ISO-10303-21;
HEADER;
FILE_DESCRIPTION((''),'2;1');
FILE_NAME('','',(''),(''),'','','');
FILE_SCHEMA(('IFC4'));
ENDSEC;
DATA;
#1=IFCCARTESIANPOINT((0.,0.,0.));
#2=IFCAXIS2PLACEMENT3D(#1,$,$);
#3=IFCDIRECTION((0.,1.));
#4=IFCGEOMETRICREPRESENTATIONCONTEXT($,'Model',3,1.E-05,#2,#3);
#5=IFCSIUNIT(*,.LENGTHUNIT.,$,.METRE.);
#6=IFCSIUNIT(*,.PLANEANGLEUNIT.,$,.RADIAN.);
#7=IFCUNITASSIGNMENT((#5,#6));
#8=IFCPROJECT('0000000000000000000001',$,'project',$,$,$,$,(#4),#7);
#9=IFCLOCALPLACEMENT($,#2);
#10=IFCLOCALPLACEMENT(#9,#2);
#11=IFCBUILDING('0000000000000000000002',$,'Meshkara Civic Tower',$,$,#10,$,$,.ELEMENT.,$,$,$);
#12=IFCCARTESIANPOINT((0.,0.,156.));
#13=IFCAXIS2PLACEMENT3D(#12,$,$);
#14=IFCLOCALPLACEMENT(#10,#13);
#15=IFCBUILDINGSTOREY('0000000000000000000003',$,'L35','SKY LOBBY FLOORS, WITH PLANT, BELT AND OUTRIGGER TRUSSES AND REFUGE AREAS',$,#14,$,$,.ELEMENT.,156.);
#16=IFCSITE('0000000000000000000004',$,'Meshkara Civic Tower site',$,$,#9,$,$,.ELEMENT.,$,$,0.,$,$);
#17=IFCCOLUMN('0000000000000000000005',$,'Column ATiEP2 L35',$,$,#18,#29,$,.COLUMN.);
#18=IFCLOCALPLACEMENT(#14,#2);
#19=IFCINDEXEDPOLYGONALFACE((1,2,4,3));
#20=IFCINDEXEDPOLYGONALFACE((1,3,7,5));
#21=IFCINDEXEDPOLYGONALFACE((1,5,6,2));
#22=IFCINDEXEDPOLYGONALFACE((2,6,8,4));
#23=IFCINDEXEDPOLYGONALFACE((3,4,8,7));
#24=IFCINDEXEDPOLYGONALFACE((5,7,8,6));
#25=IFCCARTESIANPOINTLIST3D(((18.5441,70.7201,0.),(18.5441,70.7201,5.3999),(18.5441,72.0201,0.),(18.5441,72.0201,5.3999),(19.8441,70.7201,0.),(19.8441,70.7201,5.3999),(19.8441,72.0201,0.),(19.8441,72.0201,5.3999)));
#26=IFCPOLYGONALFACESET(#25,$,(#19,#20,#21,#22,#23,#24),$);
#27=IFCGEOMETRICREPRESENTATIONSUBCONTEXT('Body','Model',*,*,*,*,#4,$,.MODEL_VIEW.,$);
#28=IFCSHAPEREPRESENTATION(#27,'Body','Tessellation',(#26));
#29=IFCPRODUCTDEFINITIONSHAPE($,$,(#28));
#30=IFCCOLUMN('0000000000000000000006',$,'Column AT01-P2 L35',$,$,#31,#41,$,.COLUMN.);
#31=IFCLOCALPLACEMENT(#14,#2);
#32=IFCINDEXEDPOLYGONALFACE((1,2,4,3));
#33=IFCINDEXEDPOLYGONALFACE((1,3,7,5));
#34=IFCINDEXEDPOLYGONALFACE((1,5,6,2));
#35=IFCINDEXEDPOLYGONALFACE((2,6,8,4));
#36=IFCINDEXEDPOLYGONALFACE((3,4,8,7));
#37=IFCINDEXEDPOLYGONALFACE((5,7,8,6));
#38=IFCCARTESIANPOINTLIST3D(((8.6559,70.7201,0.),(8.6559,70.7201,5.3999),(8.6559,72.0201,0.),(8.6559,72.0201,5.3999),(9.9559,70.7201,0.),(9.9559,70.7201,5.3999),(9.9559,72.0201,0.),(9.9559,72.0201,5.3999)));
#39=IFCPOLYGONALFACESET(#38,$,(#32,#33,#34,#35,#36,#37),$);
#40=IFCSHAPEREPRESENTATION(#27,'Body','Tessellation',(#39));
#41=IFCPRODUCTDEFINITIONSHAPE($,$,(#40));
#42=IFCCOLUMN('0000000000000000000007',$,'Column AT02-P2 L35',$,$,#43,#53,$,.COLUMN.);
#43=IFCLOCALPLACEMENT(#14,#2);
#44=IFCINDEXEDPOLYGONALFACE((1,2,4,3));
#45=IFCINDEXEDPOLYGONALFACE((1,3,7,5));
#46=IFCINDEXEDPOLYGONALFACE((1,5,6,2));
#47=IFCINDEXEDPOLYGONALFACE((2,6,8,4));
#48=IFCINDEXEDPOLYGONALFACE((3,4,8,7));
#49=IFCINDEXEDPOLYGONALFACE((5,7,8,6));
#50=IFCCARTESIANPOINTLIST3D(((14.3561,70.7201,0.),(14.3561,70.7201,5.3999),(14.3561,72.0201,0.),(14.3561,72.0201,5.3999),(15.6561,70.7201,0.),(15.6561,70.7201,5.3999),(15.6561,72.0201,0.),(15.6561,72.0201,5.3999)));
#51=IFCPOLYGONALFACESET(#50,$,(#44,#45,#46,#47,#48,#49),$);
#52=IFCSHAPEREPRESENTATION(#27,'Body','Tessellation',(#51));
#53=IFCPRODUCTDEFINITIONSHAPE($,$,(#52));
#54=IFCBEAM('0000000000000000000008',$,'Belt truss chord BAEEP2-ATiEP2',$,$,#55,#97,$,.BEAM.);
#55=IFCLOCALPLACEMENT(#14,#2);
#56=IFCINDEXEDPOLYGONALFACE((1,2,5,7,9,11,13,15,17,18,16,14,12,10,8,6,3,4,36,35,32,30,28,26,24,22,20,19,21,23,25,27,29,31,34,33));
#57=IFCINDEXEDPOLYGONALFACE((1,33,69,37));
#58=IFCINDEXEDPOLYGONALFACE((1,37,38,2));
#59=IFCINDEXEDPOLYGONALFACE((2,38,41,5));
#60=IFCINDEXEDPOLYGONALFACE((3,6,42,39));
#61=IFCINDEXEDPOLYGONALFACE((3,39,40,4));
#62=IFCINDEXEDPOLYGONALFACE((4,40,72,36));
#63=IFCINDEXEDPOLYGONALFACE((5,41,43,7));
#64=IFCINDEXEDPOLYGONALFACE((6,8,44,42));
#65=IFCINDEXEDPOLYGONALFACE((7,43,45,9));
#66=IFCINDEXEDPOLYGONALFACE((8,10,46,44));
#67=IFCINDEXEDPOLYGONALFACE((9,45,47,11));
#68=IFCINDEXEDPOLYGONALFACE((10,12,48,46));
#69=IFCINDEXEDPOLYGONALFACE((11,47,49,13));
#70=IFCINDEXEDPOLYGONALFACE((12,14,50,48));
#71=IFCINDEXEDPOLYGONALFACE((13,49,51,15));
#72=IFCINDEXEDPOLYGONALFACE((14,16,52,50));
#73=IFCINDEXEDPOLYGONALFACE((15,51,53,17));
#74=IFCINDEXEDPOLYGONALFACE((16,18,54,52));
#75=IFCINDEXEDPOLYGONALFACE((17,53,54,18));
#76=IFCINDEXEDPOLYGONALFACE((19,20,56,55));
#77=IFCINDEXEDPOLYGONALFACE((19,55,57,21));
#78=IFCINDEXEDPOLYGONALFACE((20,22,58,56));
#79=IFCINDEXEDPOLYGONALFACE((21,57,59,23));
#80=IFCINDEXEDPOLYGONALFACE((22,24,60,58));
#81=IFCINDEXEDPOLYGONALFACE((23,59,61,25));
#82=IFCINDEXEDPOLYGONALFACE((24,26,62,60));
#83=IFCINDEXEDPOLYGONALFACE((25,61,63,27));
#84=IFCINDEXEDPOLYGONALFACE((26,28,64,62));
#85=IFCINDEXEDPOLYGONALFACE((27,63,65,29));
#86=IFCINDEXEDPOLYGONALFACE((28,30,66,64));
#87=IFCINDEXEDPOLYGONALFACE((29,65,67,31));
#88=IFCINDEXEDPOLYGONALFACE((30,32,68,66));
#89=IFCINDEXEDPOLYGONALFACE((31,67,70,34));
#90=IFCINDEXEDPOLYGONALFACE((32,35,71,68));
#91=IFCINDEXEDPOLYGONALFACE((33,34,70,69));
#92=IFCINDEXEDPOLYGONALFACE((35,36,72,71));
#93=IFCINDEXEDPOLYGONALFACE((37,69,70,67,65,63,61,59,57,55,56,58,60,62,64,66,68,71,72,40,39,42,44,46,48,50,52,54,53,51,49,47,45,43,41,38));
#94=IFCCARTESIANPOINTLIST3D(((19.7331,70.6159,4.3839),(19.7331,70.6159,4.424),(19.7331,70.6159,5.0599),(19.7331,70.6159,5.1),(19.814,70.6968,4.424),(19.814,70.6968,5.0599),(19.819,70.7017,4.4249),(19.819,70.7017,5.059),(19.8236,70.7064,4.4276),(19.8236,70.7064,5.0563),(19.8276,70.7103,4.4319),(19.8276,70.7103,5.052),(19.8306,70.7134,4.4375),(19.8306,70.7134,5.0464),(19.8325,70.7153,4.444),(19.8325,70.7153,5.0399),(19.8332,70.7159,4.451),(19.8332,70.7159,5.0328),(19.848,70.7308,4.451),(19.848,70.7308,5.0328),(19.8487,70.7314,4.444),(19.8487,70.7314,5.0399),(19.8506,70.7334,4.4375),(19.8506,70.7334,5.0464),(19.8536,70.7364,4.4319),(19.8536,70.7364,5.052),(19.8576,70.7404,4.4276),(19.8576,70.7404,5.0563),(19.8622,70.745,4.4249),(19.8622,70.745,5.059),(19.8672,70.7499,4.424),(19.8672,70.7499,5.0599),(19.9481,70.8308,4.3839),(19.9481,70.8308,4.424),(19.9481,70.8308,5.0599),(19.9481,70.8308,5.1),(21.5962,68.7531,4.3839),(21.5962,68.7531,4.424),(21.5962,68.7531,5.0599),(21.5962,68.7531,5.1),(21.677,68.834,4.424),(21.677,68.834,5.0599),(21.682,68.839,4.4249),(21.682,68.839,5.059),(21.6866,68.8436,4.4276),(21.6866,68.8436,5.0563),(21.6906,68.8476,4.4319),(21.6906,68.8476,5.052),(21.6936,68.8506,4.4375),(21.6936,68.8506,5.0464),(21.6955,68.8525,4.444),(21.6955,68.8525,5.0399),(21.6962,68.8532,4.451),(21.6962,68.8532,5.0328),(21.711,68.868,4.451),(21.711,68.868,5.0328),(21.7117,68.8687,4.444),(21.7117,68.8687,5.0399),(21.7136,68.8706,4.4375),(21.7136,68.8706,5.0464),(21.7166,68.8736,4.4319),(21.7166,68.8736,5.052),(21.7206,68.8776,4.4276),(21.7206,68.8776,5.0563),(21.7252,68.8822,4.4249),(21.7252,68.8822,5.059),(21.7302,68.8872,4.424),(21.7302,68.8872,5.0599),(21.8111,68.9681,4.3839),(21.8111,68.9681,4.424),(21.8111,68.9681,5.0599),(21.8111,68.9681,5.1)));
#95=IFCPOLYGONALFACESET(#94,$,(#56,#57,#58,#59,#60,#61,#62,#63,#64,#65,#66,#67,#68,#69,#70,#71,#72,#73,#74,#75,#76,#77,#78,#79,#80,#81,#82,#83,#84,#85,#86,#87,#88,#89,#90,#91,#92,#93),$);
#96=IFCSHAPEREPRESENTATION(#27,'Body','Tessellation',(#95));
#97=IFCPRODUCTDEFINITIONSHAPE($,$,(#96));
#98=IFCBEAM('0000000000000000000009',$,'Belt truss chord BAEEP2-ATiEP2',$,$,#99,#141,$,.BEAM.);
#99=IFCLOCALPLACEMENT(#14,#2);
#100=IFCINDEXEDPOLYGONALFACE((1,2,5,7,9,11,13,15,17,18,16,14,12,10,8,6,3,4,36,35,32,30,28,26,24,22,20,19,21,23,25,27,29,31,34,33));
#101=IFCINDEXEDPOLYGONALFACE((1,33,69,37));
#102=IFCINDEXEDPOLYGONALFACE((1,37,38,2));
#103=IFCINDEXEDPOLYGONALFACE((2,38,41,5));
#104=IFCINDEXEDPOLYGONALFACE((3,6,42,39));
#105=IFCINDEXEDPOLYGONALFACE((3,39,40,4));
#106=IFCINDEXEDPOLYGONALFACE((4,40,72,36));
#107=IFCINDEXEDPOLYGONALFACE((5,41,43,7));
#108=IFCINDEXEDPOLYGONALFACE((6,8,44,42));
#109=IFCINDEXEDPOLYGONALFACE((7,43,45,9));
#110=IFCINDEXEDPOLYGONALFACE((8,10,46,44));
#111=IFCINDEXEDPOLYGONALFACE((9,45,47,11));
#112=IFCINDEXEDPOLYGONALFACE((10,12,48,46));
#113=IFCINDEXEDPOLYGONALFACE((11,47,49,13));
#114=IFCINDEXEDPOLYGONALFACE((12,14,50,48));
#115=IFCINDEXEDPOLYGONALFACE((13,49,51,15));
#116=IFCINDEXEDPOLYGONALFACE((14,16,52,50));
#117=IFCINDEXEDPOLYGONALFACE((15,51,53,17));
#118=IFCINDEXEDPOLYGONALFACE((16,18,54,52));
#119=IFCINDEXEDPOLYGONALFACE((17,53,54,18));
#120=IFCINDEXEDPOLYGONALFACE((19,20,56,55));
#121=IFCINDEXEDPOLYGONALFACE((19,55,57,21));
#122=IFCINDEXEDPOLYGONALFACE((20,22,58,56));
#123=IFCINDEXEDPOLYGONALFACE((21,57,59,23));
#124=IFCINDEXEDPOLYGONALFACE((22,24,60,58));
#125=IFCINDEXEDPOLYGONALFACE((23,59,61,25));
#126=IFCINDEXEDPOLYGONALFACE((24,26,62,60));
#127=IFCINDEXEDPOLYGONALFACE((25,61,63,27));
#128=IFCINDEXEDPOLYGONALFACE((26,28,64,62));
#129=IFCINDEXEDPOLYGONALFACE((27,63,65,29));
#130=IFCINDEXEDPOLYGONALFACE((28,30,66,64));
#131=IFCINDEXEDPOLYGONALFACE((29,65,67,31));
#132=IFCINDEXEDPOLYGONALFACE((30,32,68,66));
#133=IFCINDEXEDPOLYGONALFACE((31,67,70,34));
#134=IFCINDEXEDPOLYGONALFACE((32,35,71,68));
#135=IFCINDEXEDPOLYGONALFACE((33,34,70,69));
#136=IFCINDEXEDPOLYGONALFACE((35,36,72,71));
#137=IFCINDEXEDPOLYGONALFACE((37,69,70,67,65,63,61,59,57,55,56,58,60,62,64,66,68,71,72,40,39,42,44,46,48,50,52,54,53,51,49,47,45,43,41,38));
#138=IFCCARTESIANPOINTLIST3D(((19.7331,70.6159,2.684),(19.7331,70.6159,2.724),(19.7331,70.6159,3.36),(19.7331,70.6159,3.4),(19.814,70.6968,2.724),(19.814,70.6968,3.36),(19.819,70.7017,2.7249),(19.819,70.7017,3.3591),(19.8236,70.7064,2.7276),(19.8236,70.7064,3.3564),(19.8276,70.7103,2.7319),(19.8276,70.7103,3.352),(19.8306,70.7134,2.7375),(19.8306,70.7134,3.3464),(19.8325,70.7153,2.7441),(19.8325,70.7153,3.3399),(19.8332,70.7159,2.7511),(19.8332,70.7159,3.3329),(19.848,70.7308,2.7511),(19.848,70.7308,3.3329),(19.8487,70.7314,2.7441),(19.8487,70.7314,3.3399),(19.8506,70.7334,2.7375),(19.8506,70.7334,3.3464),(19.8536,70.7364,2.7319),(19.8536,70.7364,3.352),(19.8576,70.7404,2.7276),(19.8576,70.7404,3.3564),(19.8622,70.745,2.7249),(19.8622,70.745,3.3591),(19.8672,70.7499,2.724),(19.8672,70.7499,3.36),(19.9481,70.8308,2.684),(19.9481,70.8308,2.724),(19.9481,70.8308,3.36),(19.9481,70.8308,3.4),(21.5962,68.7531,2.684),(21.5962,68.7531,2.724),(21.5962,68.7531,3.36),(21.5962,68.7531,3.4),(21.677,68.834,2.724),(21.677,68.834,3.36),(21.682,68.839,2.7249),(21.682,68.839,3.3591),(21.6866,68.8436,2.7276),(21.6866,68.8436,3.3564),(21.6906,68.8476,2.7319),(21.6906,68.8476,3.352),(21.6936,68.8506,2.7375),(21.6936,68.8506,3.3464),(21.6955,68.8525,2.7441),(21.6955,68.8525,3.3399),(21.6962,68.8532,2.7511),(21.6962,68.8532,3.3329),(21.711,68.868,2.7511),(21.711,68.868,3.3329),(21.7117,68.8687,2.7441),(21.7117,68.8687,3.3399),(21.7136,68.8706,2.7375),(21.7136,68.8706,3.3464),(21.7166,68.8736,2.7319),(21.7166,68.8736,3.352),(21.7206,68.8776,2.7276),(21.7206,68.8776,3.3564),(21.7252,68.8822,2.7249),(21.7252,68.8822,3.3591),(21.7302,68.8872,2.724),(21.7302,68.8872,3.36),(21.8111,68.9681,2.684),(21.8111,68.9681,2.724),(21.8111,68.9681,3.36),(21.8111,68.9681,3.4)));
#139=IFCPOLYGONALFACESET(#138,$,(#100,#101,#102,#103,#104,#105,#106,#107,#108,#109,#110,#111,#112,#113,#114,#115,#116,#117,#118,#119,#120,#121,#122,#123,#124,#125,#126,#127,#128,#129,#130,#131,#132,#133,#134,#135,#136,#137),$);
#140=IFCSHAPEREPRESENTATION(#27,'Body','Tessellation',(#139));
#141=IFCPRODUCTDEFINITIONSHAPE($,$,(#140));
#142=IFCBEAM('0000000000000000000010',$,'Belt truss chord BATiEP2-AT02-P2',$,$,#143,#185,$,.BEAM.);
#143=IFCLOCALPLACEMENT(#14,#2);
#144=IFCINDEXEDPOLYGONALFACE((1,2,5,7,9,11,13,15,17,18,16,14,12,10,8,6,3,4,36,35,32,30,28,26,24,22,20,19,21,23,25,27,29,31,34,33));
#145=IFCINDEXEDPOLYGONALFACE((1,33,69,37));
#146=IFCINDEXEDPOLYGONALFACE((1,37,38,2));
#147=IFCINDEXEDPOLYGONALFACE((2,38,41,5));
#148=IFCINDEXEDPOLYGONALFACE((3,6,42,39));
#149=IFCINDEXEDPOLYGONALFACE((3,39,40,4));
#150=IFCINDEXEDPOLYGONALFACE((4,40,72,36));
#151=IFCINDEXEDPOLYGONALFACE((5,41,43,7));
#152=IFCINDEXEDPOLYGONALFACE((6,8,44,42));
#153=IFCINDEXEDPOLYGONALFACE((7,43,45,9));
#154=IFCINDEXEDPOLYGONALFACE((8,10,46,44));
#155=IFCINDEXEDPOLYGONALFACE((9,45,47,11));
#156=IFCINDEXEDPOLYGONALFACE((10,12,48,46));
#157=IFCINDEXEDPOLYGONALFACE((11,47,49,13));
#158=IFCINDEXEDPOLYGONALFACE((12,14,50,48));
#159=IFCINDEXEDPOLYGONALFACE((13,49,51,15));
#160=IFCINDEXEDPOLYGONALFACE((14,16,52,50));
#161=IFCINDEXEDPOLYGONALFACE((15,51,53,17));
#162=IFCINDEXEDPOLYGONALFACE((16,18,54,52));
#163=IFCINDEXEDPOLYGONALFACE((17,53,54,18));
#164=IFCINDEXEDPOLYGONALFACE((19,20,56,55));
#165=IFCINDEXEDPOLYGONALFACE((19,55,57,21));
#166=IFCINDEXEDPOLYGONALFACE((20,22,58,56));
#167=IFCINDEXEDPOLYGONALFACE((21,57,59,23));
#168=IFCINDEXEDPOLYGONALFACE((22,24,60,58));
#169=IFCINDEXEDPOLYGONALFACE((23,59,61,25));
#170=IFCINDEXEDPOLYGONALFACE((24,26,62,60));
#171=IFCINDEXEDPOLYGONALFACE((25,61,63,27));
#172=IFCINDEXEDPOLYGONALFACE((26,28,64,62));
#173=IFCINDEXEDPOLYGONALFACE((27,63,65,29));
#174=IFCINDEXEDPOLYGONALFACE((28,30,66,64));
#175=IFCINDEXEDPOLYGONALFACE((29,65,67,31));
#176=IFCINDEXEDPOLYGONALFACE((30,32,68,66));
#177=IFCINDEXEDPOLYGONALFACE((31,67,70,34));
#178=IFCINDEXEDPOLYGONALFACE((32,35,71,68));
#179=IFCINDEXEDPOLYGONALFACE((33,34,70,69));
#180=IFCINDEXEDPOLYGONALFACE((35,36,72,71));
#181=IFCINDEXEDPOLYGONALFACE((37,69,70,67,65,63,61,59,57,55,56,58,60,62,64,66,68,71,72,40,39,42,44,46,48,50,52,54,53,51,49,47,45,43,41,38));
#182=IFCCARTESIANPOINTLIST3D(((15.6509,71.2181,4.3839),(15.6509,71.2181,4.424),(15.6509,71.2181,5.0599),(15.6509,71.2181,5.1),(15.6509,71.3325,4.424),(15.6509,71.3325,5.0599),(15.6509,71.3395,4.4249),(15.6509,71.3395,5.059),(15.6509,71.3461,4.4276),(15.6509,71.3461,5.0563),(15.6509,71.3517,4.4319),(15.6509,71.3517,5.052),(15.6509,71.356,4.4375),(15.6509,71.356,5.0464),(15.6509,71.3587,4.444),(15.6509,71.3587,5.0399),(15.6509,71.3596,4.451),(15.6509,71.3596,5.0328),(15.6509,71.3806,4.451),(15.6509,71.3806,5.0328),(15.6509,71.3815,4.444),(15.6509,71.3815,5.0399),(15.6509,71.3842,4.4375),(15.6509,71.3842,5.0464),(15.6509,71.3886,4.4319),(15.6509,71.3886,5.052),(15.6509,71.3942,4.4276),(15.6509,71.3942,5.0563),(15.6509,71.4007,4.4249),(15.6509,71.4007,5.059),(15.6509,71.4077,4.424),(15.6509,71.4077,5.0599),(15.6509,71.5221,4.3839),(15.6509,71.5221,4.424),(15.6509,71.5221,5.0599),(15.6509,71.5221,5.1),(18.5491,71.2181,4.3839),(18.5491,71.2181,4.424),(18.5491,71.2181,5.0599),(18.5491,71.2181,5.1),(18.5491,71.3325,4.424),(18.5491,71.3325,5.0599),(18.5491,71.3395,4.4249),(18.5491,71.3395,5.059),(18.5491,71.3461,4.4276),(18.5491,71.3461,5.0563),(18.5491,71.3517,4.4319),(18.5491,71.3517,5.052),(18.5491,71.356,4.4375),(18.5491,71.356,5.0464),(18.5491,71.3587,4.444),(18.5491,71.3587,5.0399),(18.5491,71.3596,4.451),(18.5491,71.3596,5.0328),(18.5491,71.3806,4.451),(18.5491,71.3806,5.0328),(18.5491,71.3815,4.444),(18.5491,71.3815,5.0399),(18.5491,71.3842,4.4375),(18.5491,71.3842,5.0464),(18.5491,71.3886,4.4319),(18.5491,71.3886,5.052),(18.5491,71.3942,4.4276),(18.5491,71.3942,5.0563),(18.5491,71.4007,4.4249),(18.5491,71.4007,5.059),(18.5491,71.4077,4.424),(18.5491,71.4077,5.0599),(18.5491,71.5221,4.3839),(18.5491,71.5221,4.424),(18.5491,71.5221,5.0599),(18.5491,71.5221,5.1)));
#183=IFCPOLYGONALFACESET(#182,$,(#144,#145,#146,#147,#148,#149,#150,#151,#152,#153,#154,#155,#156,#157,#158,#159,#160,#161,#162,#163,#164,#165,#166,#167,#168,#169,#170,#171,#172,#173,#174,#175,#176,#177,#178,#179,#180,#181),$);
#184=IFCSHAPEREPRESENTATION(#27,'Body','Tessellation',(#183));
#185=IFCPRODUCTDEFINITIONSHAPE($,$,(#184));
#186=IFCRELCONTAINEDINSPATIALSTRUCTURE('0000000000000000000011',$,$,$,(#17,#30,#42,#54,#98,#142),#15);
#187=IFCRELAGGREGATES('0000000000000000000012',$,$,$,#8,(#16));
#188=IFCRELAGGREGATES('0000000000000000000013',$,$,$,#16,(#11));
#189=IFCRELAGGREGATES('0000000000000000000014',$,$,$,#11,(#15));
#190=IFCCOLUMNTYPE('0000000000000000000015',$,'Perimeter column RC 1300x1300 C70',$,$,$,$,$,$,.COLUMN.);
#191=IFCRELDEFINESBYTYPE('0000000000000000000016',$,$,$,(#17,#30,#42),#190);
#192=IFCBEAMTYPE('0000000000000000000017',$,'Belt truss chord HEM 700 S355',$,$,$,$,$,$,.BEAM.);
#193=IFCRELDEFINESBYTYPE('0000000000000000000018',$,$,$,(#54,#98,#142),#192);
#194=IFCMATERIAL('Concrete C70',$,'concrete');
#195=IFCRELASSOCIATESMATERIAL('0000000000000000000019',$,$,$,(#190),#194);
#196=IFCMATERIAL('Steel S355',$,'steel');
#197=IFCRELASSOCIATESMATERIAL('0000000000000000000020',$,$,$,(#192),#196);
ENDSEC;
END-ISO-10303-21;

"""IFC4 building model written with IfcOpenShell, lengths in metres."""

from ifc_helpers import new_model, si_unit, direction, frame, origin, origin_2d, place, context, subcontext, project, spatial, rectangle, i_section, extrude, material, material_profile, profile_set, type_object, element, save


model = new_model("IFC4")

# Units and contexts
model_context = context("Model", 3, precision=1e-05, world=origin(), true_north=direction((0.0, 1.0)))
body_context = subcontext(model_context, "Body", "Model", "MODEL_VIEW")
ifc_project = project(units=[si_unit("LENGTHUNIT", "METRE"), si_unit("PLANEANGLEUNIT", "RADIAN")], contexts=[model_context])

# Site, building, storey
site_placement = place(None, origin())
site = spatial("IfcSite", under=ifc_project, at=site_placement, Name="Meshkara Civic Tower site", CompositionType="ELEMENT", RefElevation=0.0)
building_placement = place(site_placement, origin())
building = spatial("IfcBuilding", under=site, at=building_placement, Name="Meshkara Civic Tower", CompositionType="ELEMENT")
storey_placement = place(building_placement, frame((0.0, 0.0, 156.0)))
storey = spatial("IfcBuildingStorey", under=building, at=storey_placement, Name="L35", Description="SKY LOBBY FLOORS, WITH PLANT, BELT AND OUTRIGGER TRUSSES AND REFUGE AREAS", CompositionType="ELEMENT", Elevation=156.0)

# Columns
ifc_material_1 = material(Name="Concrete C70", Category="concrete")
ifc_material_profile_1 = material_profile(ifc_material_1, rectangle(XDim=1.3, YDim=1.3, at=origin_2d()))
ifc_profile_set_1 = profile_set([ifc_material_profile_1], Name="Concrete C70")
column_type = type_object("IfcColumnType", Name="Perimeter column RC 1300x1300 C70", PredefinedType="COLUMN", material=ifc_profile_set_1)
for number, where, z_axis, x_axis, name in (
    (1, (19.1941, 71.3701, 0.0), (0.0, 0.0, 1.0), (1.0, 0.0, 0.0), "Column ATiEP2 L35"),
    (2, (9.3059, 71.3701, 0.0), (0.0, 0.0, 1.0), (1.0, 0.0, 0.0), "Column AT01-P2 L35"),
    (3, (15.0061, 71.3701, 0.0), (0.0, 0.0, 1.0), (1.0, 0.0, 0.0), "Column AT02-P2 L35"),
):
    element("IfcColumn", number, at=place(storey_placement, frame(where, z_axis=z_axis, x_axis=x_axis)), inside=storey, type_object=column_type, Name=name, PredefinedType="COLUMN", context=body_context, shape_type="SweptSolid", body=[
        extrude(rectangle(XDim=1.3, YDim=1.3, at=origin_2d()), origin(), (0.0, 0.0, 1.0), 5.3999),
    ])

# Beams
ifc_material_2 = material(Name="Steel S355", Category="steel")
ifc_material_profile_2 = material_profile(ifc_material_2, i_section(OverallWidth=0.304, OverallDepth=0.7161, WebThickness=0.021, FlangeThickness=0.04, FilletRadius=0.0271, at=origin_2d()))
ifc_profile_set_2 = profile_set([ifc_material_profile_2], Name="Steel S355")
beam_type = type_object("IfcBeamType", Name="Belt truss chord HEM 700 S355", PredefinedType="BEAM", material=ifc_profile_set_2)
for number, where, z_axis, x_axis, name in (
    (4, (21.7036, 68.8606, 4.7419), (-0.707153, 0.70706, 0.0), (-0.70706, -0.707153, 0.0), "Belt truss chord BAEEP2-ATiEP2"),
    (5, (21.7036, 68.8606, 3.042), (-0.707153, 0.70706, 0.0), (-0.70706, -0.707153, 0.0), "Belt truss chord BAEEP2-ATiEP2"),
):
    element("IfcBeam", number, at=place(storey_placement, frame(where, z_axis=z_axis, x_axis=x_axis)), inside=storey, type_object=beam_type, Name=name, PredefinedType="BEAM", context=body_context, shape_type="SweptSolid", body=[
        extrude(i_section(OverallWidth=0.304, OverallDepth=0.7161, WebThickness=0.021, FlangeThickness=0.04, FilletRadius=0.0271, at=origin_2d()), origin(), (0.0, 0.0, 1.0), 2.6345),
    ])
for number, where, z_axis, x_axis, name in (
    (6, (18.5491, 71.3701, 4.7419), (-1.0, 0.0, 0.0), (0.0, -1.0, 0.0), "Belt truss chord BATiEP2-AT02-P2"),
):
    element("IfcBeam", number, at=place(storey_placement, frame(where, z_axis=z_axis, x_axis=x_axis)), inside=storey, type_object=beam_type, Name=name, PredefinedType="BEAM", context=body_context, shape_type="SweptSolid", body=[
        extrude(i_section(OverallWidth=0.304, OverallDepth=0.7161, WebThickness=0.021, FlangeThickness=0.04, FilletRadius=0.0271, at=origin_2d()), origin(), (0.0, 0.0, 1.0), 2.8982),
    ])

save(model, "model.ifc")
